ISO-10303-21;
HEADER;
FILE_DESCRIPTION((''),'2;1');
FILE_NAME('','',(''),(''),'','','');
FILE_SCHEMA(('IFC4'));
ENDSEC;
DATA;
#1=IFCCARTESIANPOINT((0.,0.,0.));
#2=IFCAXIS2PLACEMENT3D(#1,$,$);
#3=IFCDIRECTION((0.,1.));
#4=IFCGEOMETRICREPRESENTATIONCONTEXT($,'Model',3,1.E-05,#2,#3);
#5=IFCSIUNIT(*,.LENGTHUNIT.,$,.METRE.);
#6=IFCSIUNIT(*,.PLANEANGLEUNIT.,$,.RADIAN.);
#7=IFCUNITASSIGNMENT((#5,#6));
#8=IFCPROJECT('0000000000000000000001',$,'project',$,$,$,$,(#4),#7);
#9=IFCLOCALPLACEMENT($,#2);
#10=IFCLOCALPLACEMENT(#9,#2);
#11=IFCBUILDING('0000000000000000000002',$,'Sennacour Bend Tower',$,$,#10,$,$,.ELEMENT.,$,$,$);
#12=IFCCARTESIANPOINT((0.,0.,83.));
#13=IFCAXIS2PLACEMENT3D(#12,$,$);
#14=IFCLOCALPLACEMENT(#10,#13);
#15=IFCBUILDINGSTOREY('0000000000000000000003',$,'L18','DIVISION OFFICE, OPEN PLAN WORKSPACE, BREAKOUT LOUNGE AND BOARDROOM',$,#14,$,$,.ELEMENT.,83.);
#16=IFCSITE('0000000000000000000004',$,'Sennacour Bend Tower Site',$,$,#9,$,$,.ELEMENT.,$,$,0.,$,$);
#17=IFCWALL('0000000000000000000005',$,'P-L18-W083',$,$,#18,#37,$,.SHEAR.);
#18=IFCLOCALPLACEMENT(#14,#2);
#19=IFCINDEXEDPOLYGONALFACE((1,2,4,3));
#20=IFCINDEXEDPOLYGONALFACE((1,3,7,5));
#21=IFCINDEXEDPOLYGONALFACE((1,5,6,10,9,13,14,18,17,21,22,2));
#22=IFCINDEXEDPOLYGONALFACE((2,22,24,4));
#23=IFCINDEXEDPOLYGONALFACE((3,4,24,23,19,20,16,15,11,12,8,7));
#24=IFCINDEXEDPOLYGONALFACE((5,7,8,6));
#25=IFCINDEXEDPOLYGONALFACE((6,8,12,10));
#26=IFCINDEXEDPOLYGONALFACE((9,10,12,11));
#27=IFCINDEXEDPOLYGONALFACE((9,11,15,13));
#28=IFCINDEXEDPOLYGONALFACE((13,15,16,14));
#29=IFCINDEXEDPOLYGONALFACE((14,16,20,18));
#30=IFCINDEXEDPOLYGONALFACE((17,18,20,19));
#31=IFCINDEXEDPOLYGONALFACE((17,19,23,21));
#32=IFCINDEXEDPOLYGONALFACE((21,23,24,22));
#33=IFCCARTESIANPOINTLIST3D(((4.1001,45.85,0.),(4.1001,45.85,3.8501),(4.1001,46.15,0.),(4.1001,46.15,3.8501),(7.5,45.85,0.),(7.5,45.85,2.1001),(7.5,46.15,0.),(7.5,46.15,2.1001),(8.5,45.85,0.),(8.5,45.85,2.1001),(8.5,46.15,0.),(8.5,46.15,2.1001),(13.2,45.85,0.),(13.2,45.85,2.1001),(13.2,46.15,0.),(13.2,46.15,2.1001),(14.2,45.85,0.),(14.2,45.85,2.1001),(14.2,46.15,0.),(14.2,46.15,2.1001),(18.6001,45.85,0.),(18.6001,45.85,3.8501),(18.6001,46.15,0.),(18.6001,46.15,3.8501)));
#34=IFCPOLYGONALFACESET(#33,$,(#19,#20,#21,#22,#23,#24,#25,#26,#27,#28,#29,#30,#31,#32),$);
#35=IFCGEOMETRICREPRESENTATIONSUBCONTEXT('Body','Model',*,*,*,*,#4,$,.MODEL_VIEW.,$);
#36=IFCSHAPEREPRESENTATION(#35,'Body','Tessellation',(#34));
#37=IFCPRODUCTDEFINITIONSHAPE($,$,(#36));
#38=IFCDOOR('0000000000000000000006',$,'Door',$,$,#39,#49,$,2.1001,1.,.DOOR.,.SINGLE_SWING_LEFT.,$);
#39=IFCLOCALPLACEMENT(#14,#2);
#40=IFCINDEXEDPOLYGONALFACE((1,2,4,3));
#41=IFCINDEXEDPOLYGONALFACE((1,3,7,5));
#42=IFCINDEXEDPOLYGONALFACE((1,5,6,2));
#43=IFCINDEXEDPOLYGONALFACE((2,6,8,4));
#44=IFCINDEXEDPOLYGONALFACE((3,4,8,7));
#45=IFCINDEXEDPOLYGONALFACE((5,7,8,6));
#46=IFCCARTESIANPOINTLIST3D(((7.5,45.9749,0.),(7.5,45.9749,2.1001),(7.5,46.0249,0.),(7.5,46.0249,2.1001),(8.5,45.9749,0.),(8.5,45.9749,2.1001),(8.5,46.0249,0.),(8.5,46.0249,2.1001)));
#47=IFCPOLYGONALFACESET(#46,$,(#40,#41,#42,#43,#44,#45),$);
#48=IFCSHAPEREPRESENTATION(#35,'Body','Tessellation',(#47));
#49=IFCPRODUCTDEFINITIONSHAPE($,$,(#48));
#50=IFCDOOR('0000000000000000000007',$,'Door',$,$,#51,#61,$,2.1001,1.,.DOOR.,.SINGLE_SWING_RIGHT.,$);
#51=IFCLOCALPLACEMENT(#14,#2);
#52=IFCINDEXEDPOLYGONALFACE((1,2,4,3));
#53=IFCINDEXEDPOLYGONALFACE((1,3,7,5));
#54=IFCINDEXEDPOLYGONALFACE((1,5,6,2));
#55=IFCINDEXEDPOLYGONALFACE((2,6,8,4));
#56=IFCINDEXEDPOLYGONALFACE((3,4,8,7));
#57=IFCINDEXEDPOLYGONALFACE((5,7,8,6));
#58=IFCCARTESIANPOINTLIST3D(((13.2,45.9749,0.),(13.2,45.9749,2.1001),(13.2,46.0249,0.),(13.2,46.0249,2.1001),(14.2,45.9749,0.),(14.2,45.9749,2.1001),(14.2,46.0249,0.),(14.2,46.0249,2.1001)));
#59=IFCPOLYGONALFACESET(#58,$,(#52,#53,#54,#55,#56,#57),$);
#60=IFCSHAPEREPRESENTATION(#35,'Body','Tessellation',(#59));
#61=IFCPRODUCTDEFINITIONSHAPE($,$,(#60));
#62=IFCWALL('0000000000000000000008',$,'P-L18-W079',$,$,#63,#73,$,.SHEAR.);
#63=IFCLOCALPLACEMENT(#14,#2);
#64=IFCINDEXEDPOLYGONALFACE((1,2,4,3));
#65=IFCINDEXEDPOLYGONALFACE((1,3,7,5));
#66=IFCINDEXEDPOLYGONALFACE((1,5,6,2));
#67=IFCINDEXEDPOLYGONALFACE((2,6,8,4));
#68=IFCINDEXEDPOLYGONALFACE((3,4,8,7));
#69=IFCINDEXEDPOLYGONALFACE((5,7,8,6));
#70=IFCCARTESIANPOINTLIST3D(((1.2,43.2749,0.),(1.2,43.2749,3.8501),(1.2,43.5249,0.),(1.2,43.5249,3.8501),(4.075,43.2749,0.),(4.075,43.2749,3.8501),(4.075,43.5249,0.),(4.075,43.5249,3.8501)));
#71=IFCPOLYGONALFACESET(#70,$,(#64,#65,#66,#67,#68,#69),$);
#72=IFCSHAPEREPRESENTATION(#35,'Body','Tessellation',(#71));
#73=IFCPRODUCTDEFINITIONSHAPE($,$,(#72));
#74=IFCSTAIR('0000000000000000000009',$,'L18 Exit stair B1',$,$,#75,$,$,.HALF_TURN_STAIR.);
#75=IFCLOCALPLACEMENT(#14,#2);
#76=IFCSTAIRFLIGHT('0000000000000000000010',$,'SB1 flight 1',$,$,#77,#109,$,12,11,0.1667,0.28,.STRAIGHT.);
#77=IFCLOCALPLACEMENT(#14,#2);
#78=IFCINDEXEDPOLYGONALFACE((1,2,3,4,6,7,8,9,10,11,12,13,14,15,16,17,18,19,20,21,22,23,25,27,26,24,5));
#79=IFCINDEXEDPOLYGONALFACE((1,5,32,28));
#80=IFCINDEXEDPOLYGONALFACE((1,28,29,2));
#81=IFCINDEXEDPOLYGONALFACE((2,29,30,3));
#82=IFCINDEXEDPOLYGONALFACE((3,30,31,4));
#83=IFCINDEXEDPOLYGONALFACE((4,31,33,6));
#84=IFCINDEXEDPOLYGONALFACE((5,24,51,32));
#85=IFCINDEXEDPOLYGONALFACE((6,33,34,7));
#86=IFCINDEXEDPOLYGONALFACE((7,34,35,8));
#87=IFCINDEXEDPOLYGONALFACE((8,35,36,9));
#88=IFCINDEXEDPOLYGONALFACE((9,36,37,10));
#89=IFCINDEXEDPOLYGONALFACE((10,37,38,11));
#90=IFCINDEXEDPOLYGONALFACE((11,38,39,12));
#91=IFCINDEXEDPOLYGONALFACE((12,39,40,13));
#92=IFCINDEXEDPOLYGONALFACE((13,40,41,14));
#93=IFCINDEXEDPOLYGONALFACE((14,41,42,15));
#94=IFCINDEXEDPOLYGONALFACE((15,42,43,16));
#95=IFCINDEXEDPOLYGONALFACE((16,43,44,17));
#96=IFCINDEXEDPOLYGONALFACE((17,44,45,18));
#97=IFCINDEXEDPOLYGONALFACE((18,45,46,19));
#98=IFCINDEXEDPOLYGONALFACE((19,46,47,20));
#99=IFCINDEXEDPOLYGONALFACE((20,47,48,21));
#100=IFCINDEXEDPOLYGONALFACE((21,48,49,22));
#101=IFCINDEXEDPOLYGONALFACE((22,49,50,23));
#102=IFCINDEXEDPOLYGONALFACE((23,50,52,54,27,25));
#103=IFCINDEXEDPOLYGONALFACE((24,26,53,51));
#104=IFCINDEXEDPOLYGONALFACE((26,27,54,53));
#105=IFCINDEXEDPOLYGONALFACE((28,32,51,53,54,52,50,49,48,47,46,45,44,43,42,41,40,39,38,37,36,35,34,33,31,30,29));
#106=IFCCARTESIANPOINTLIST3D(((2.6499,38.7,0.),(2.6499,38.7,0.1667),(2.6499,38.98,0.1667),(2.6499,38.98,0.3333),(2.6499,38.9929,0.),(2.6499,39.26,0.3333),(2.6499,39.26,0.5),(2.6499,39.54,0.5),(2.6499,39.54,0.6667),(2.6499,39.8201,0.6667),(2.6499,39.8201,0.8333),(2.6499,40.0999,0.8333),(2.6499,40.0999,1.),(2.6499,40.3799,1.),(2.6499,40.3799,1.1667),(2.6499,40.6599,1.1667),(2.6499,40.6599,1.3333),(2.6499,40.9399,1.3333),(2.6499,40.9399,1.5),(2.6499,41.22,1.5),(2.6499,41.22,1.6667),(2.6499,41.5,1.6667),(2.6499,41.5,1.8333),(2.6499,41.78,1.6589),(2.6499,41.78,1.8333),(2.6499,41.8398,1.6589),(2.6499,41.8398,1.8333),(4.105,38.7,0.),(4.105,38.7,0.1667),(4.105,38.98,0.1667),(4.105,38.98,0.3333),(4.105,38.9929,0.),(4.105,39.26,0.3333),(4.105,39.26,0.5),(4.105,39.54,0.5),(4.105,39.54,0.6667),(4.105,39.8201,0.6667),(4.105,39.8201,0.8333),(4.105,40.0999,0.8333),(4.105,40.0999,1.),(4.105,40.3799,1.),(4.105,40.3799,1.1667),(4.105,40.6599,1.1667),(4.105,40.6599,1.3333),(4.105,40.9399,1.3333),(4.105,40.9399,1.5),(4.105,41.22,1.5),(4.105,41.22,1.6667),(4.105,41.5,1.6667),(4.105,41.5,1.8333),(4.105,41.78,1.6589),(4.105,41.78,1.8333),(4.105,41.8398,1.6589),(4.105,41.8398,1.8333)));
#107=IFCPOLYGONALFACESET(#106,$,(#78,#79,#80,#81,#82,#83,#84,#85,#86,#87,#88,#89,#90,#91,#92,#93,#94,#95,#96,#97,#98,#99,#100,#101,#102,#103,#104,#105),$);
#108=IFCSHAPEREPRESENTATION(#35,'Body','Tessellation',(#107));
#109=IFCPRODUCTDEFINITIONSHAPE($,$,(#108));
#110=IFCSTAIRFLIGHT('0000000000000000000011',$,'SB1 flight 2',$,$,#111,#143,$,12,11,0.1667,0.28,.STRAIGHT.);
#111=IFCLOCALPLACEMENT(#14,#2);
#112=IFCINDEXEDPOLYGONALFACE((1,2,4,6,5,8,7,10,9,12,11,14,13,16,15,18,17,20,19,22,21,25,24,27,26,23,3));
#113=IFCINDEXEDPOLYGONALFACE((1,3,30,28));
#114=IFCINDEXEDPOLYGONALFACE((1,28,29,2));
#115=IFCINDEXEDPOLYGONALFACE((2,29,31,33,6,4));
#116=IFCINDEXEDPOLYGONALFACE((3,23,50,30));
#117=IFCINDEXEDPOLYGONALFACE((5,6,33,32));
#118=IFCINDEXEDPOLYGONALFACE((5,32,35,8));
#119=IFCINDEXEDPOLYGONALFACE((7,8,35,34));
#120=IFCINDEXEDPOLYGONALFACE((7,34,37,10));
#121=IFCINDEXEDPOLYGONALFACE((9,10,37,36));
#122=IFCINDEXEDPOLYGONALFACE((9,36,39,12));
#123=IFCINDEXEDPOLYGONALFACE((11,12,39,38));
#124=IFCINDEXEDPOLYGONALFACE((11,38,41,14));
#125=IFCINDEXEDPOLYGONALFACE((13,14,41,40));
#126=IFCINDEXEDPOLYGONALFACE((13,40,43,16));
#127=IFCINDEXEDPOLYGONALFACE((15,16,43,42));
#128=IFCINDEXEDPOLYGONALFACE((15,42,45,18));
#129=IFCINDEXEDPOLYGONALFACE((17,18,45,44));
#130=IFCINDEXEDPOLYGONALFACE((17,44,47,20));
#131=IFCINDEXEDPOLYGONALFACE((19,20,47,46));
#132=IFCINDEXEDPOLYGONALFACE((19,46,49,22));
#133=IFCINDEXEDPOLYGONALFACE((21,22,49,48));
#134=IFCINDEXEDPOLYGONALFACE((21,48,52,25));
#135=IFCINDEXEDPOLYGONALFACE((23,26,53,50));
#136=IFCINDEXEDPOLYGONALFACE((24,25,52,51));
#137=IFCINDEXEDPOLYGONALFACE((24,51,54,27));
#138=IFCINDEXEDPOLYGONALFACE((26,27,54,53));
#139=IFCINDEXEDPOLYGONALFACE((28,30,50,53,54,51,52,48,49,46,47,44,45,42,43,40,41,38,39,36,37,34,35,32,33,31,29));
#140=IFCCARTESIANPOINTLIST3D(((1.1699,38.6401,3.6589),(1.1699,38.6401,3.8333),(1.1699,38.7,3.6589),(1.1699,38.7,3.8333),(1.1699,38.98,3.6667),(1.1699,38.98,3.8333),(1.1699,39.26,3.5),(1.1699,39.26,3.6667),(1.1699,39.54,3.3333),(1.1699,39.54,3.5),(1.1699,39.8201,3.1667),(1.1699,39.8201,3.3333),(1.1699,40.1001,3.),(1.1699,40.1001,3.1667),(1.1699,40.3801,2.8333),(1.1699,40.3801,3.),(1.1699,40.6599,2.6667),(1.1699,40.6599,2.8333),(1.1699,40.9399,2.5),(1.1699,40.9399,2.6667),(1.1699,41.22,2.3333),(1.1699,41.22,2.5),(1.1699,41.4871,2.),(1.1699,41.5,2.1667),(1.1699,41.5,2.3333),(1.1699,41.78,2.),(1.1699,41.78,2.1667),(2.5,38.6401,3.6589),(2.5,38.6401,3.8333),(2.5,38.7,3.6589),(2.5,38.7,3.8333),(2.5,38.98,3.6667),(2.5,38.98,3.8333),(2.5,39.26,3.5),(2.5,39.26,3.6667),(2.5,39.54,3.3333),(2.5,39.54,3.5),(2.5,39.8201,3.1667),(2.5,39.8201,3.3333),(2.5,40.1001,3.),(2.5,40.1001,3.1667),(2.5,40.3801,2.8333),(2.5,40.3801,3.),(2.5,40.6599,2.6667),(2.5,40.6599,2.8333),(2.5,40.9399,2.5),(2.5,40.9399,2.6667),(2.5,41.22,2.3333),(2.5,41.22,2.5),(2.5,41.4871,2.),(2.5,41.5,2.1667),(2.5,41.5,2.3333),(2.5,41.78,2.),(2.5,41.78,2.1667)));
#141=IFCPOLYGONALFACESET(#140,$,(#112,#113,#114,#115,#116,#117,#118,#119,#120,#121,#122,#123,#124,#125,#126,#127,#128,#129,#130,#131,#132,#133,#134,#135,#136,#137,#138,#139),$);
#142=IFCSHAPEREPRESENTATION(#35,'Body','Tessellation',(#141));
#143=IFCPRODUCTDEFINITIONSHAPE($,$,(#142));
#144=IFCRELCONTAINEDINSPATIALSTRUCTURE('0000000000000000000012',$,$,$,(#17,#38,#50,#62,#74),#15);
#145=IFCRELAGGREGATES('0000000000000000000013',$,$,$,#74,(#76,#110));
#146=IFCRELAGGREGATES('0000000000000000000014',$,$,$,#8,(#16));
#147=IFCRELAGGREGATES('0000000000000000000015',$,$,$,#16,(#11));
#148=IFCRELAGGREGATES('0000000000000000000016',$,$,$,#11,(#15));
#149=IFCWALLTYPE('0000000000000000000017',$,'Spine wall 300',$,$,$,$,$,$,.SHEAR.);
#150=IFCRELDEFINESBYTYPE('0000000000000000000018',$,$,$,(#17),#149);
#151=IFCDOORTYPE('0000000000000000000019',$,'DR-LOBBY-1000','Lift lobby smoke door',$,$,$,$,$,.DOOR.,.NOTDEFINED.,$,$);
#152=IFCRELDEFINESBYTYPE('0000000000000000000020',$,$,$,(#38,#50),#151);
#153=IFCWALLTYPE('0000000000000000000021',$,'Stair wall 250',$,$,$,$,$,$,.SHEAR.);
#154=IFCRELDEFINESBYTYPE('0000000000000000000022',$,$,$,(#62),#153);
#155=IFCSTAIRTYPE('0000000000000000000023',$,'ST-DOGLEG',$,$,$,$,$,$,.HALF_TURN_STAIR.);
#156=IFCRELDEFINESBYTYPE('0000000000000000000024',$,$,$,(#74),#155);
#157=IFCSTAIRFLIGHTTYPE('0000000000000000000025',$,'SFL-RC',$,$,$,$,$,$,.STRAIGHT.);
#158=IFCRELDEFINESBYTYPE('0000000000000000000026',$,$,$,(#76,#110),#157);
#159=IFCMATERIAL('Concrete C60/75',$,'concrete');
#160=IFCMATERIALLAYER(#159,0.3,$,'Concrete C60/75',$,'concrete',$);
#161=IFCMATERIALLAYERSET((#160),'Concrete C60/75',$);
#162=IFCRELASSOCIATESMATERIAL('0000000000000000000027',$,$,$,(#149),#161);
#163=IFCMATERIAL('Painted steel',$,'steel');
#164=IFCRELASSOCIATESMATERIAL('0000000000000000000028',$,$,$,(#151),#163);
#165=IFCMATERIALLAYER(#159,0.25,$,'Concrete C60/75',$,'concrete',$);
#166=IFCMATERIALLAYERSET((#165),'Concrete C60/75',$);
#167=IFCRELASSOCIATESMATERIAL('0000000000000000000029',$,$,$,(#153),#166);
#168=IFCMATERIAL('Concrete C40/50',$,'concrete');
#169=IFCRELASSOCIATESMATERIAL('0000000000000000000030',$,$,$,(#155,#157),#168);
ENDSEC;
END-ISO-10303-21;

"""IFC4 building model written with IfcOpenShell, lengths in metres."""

from ifc_helpers import new_model, si_unit, direction, frame, frame_2d, origin, place, context, subcontext, project, spatial, polyline, rectangle, outline, extrude, material, layer, layer_set, type_object, element, fill, aggregate, save


model = new_model("IFC4")

# Units and contexts
model_context = context("Model", 3, precision=1e-05, world=origin(), true_north=direction((0.0, 1.0)))
body_context = subcontext(model_context, "Body", "Model", "MODEL_VIEW")
ifc_project = project(units=[si_unit("LENGTHUNIT", "METRE"), si_unit("PLANEANGLEUNIT", "RADIAN")], contexts=[model_context])

# Site, building, storey
site_placement = place(None, origin())
site = spatial("IfcSite", under=ifc_project, at=site_placement, Name="Sennacour Bend Tower Site", CompositionType="ELEMENT", RefElevation=0.0)
building_placement = place(site_placement, origin())
building = spatial("IfcBuilding", under=site, at=building_placement, Name="Sennacour Bend Tower", CompositionType="ELEMENT")
storey_placement = place(building_placement, frame((0.0, 0.0, 83.0)))
storey = spatial("IfcBuildingStorey", under=building, at=storey_placement, Name="L18", Description="DIVISION OFFICE, OPEN PLAN WORKSPACE, BREAKOUT LOUNGE AND BOARDROOM", CompositionType="ELEMENT", Elevation=83.0)

# Shared definitions
ifc_material_1 = material(Name="Painted steel", Category="steel")

# Wall, openings, doors
ifc_material_2 = material(Name="Concrete C60/75", Category="concrete")
ifc_layer_1 = layer(ifc_material_2, 0.3, Name="Concrete C60/75", Category="concrete")
ifc_layer_set_1 = layer_set([ifc_layer_1], Name="Concrete C60/75")
wall_type_1 = type_object("IfcWallType", Name="Spine wall 300", PredefinedType="SHEAR", material=ifc_layer_set_1)
wall_1_placement = place(storey_placement, frame((4.1001, 46.0, 0.0), z_axis=(0.0, 0.0, 1.0), x_axis=(1.0, 0.0, 0.0)))
wall_1 = element("IfcWall", 1, at=wall_1_placement, inside=storey, type_object=wall_type_1, Name="P-L18-W083", PredefinedType="SHEAR", context=body_context, shape_type="SweptSolid", body=[
    extrude(rectangle(XDim=14.5, YDim=0.3, at=frame_2d((7.25, 0.0))), origin(), (0.0, 0.0, 1.0), 3.8501),
])
opening_1_placement = place(wall_1_placement, frame((3.3999, 0.0, 0.0)))
opening_1 = element("IfcOpeningElement", 2, at=opening_1_placement, cuts=wall_1, PredefinedType="OPENING", context=body_context, shape_type="SweptSolid", body=[
    extrude(rectangle(XDim=1.0, YDim=2.1001, at=frame_2d((0.5, 1.05))), frame((0.0, 0.1602, 0.0), z_axis=(0.0, -1.0, 0.0), x_axis=(1.0, 0.0, 0.0)), (0.0, 0.0, 1.0), 0.3201),
])
opening_2_placement = place(wall_1_placement, frame((9.0999, 0.0, 0.0)))
opening_2 = element("IfcOpeningElement", 3, at=opening_2_placement, cuts=wall_1, PredefinedType="OPENING", context=body_context, shape_type="SweptSolid", body=[
    extrude(rectangle(XDim=1.0, YDim=2.1001, at=frame_2d((0.5, 1.05))), frame((0.0, 0.1602, 0.0), z_axis=(0.0, -1.0, 0.0), x_axis=(1.0, 0.0, 0.0)), (0.0, 0.0, 1.0), 0.3201),
])
door_type_1 = type_object("IfcDoorType", Name="DR-LOBBY-1000", Description="Lift lobby smoke door", OperationType="NOTDEFINED", PredefinedType="DOOR", material=ifc_material_1)
door_1_placement = place(opening_1_placement, origin())
door_1 = element("IfcDoor", 4, at=door_1_placement, inside=storey, type_object=door_type_1, Name="Door", OperationType="SINGLE_SWING_LEFT", OverallHeight=2.1001, OverallWidth=1.0, PredefinedType="DOOR", context=body_context, shape_type="SweptSolid", body=[
    extrude(rectangle(XDim=1.0, YDim=2.1001, at=frame_2d((0.5, 1.05))), frame((0.0, 0.0249, 0.0), z_axis=(0.0, -1.0, 0.0), x_axis=(1.0, 0.0, 0.0)), (0.0, 0.0, 1.0), 0.05),
])
fill(opening_1, door_1)
door_2_placement = place(opening_2_placement, origin())
door_2 = element("IfcDoor", 5, at=door_2_placement, inside=storey, type_object=door_type_1, Name="Door", OperationType="SINGLE_SWING_RIGHT", OverallHeight=2.1001, OverallWidth=1.0, PredefinedType="DOOR", context=body_context, shape_type="SweptSolid", body=[
    extrude(rectangle(XDim=1.0, YDim=2.1001, at=frame_2d((0.5, 1.05))), frame((0.0, 0.0249, 0.0), z_axis=(0.0, -1.0, 0.0), x_axis=(1.0, 0.0, 0.0)), (0.0, 0.0, 1.0), 0.05),
])
fill(opening_2, door_2)

# Wall
ifc_layer_2 = layer(ifc_material_2, 0.25, Name="Concrete C60/75", Category="concrete")
ifc_layer_set_2 = layer_set([ifc_layer_2], Name="Concrete C60/75")
wall_type_2 = type_object("IfcWallType", Name="Stair wall 250", PredefinedType="SHEAR", material=ifc_layer_set_2)
wall_2_placement = place(storey_placement, frame((1.2, 43.3999, 0.0), z_axis=(0.0, 0.0, 1.0), x_axis=(1.0, 0.0, 0.0)))
element("IfcWall", 6, at=wall_2_placement, inside=storey, type_object=wall_type_2, Name="P-L18-W079", PredefinedType="SHEAR", context=body_context, shape_type="SweptSolid", body=[
    extrude(rectangle(XDim=2.875, YDim=0.25, at=frame_2d((1.4375, 0.0))), origin(), (0.0, 0.0, 1.0), 3.8501),
])

# Stair, stair flights
ifc_material_3 = material(Name="Concrete C40/50", Category="concrete")
stair_type = type_object("IfcStairType", Name="ST-DOGLEG", PredefinedType="HALF_TURN_STAIR", material=ifc_material_3)
stair_placement = place(storey_placement, origin())
stair = element("IfcStair", 7, at=stair_placement, inside=storey, type_object=stair_type, Name="L18 Exit stair B1", PredefinedType="HALF_TURN_STAIR")
stair_flight_type = type_object("IfcStairFlightType", Name="SFL-RC", PredefinedType="STRAIGHT", material=ifc_material_3)
stair_flight_1_placement = place(storey_placement, frame((3.3774, 38.7, 0.0), z_axis=(0.0, 0.0, 1.0), x_axis=(0.0, 1.0, 0.0)))
stair_flight_1 = element("IfcStairFlight", 8, at=stair_flight_1_placement, type_object=stair_flight_type, Name="SB1 flight 1", NumberOfRisers=12, NumberOfTreads=11, PredefinedType="STRAIGHT", RiserHeight=0.1667, TreadLength=0.28, context=body_context, shape_type="SweptSolid", body=[
    extrude(outline(polyline([(0.0, 0.0), (0.0, 0.1667), (0.28, 0.1667), (0.28, 0.3333), (0.5601, 0.3333), (0.5601, 0.5), (0.8401, 0.5), (0.8401, 0.6667), (1.1201, 0.6667), (1.1201, 0.8333), (1.3999, 0.8333), (1.3999, 1.0), (1.6799, 1.0), (1.6799, 1.1667), (1.96, 1.1667), (1.96, 1.3333), (2.24, 1.3333), (2.24, 1.5), (2.52, 1.5), (2.52, 1.6667), (2.8, 1.6667), (2.8, 1.8333), (3.0801, 1.8333), (3.1399, 1.8333), (3.1399, 1.6589), (3.0801, 1.6589), (0.293, 0.0), (0.0, 0.0)])), frame((0.0, 0.7275, 0.0), z_axis=(0.0, -1.0, 0.0), x_axis=(1.0, 0.0, 0.0)), (0.0, 0.0, 1.0), 1.4551),
])
stair_flight_2_placement = place(storey_placement, frame((1.835, 41.78, 2.0), z_axis=(0.0, 0.0, 1.0), x_axis=(0.0, -1.0, 0.0)))
stair_flight_2 = element("IfcStairFlight", 9, at=stair_flight_2_placement, type_object=stair_flight_type, Name="SB1 flight 2", NumberOfRisers=12, NumberOfTreads=11, PredefinedType="STRAIGHT", RiserHeight=0.1667, TreadLength=0.28, context=body_context, shape_type="SweptSolid", body=[
    extrude(outline(polyline([(0.0, 0.0), (0.0, 0.1667), (0.28, 0.1667), (0.28, 0.3333), (0.5601, 0.3333), (0.5601, 0.5), (0.8401, 0.5), (0.8401, 0.6667), (1.1201, 0.6667), (1.1201, 0.8333), (1.3999, 0.8333), (1.3999, 1.0), (1.6799, 1.0), (1.6799, 1.1667), (1.96, 1.1667), (1.96, 1.3333), (2.24, 1.3333), (2.24, 1.5), (2.52, 1.5), (2.52, 1.6667), (2.8, 1.6667), (2.8, 1.8333), (3.0801, 1.8333), (3.1399, 1.8333), (3.1399, 1.6589), (3.0801, 1.6589), (0.293, 0.0), (0.0, 0.0)])), frame((0.0, 0.665, 0.0), z_axis=(0.0, -1.0, 0.0), x_axis=(1.0, 0.0, 0.0)), (0.0, 0.0, 1.0), 1.3301),
])
aggregate(stair, [stair_flight_1, stair_flight_2])

save(model, "model.ifc")
